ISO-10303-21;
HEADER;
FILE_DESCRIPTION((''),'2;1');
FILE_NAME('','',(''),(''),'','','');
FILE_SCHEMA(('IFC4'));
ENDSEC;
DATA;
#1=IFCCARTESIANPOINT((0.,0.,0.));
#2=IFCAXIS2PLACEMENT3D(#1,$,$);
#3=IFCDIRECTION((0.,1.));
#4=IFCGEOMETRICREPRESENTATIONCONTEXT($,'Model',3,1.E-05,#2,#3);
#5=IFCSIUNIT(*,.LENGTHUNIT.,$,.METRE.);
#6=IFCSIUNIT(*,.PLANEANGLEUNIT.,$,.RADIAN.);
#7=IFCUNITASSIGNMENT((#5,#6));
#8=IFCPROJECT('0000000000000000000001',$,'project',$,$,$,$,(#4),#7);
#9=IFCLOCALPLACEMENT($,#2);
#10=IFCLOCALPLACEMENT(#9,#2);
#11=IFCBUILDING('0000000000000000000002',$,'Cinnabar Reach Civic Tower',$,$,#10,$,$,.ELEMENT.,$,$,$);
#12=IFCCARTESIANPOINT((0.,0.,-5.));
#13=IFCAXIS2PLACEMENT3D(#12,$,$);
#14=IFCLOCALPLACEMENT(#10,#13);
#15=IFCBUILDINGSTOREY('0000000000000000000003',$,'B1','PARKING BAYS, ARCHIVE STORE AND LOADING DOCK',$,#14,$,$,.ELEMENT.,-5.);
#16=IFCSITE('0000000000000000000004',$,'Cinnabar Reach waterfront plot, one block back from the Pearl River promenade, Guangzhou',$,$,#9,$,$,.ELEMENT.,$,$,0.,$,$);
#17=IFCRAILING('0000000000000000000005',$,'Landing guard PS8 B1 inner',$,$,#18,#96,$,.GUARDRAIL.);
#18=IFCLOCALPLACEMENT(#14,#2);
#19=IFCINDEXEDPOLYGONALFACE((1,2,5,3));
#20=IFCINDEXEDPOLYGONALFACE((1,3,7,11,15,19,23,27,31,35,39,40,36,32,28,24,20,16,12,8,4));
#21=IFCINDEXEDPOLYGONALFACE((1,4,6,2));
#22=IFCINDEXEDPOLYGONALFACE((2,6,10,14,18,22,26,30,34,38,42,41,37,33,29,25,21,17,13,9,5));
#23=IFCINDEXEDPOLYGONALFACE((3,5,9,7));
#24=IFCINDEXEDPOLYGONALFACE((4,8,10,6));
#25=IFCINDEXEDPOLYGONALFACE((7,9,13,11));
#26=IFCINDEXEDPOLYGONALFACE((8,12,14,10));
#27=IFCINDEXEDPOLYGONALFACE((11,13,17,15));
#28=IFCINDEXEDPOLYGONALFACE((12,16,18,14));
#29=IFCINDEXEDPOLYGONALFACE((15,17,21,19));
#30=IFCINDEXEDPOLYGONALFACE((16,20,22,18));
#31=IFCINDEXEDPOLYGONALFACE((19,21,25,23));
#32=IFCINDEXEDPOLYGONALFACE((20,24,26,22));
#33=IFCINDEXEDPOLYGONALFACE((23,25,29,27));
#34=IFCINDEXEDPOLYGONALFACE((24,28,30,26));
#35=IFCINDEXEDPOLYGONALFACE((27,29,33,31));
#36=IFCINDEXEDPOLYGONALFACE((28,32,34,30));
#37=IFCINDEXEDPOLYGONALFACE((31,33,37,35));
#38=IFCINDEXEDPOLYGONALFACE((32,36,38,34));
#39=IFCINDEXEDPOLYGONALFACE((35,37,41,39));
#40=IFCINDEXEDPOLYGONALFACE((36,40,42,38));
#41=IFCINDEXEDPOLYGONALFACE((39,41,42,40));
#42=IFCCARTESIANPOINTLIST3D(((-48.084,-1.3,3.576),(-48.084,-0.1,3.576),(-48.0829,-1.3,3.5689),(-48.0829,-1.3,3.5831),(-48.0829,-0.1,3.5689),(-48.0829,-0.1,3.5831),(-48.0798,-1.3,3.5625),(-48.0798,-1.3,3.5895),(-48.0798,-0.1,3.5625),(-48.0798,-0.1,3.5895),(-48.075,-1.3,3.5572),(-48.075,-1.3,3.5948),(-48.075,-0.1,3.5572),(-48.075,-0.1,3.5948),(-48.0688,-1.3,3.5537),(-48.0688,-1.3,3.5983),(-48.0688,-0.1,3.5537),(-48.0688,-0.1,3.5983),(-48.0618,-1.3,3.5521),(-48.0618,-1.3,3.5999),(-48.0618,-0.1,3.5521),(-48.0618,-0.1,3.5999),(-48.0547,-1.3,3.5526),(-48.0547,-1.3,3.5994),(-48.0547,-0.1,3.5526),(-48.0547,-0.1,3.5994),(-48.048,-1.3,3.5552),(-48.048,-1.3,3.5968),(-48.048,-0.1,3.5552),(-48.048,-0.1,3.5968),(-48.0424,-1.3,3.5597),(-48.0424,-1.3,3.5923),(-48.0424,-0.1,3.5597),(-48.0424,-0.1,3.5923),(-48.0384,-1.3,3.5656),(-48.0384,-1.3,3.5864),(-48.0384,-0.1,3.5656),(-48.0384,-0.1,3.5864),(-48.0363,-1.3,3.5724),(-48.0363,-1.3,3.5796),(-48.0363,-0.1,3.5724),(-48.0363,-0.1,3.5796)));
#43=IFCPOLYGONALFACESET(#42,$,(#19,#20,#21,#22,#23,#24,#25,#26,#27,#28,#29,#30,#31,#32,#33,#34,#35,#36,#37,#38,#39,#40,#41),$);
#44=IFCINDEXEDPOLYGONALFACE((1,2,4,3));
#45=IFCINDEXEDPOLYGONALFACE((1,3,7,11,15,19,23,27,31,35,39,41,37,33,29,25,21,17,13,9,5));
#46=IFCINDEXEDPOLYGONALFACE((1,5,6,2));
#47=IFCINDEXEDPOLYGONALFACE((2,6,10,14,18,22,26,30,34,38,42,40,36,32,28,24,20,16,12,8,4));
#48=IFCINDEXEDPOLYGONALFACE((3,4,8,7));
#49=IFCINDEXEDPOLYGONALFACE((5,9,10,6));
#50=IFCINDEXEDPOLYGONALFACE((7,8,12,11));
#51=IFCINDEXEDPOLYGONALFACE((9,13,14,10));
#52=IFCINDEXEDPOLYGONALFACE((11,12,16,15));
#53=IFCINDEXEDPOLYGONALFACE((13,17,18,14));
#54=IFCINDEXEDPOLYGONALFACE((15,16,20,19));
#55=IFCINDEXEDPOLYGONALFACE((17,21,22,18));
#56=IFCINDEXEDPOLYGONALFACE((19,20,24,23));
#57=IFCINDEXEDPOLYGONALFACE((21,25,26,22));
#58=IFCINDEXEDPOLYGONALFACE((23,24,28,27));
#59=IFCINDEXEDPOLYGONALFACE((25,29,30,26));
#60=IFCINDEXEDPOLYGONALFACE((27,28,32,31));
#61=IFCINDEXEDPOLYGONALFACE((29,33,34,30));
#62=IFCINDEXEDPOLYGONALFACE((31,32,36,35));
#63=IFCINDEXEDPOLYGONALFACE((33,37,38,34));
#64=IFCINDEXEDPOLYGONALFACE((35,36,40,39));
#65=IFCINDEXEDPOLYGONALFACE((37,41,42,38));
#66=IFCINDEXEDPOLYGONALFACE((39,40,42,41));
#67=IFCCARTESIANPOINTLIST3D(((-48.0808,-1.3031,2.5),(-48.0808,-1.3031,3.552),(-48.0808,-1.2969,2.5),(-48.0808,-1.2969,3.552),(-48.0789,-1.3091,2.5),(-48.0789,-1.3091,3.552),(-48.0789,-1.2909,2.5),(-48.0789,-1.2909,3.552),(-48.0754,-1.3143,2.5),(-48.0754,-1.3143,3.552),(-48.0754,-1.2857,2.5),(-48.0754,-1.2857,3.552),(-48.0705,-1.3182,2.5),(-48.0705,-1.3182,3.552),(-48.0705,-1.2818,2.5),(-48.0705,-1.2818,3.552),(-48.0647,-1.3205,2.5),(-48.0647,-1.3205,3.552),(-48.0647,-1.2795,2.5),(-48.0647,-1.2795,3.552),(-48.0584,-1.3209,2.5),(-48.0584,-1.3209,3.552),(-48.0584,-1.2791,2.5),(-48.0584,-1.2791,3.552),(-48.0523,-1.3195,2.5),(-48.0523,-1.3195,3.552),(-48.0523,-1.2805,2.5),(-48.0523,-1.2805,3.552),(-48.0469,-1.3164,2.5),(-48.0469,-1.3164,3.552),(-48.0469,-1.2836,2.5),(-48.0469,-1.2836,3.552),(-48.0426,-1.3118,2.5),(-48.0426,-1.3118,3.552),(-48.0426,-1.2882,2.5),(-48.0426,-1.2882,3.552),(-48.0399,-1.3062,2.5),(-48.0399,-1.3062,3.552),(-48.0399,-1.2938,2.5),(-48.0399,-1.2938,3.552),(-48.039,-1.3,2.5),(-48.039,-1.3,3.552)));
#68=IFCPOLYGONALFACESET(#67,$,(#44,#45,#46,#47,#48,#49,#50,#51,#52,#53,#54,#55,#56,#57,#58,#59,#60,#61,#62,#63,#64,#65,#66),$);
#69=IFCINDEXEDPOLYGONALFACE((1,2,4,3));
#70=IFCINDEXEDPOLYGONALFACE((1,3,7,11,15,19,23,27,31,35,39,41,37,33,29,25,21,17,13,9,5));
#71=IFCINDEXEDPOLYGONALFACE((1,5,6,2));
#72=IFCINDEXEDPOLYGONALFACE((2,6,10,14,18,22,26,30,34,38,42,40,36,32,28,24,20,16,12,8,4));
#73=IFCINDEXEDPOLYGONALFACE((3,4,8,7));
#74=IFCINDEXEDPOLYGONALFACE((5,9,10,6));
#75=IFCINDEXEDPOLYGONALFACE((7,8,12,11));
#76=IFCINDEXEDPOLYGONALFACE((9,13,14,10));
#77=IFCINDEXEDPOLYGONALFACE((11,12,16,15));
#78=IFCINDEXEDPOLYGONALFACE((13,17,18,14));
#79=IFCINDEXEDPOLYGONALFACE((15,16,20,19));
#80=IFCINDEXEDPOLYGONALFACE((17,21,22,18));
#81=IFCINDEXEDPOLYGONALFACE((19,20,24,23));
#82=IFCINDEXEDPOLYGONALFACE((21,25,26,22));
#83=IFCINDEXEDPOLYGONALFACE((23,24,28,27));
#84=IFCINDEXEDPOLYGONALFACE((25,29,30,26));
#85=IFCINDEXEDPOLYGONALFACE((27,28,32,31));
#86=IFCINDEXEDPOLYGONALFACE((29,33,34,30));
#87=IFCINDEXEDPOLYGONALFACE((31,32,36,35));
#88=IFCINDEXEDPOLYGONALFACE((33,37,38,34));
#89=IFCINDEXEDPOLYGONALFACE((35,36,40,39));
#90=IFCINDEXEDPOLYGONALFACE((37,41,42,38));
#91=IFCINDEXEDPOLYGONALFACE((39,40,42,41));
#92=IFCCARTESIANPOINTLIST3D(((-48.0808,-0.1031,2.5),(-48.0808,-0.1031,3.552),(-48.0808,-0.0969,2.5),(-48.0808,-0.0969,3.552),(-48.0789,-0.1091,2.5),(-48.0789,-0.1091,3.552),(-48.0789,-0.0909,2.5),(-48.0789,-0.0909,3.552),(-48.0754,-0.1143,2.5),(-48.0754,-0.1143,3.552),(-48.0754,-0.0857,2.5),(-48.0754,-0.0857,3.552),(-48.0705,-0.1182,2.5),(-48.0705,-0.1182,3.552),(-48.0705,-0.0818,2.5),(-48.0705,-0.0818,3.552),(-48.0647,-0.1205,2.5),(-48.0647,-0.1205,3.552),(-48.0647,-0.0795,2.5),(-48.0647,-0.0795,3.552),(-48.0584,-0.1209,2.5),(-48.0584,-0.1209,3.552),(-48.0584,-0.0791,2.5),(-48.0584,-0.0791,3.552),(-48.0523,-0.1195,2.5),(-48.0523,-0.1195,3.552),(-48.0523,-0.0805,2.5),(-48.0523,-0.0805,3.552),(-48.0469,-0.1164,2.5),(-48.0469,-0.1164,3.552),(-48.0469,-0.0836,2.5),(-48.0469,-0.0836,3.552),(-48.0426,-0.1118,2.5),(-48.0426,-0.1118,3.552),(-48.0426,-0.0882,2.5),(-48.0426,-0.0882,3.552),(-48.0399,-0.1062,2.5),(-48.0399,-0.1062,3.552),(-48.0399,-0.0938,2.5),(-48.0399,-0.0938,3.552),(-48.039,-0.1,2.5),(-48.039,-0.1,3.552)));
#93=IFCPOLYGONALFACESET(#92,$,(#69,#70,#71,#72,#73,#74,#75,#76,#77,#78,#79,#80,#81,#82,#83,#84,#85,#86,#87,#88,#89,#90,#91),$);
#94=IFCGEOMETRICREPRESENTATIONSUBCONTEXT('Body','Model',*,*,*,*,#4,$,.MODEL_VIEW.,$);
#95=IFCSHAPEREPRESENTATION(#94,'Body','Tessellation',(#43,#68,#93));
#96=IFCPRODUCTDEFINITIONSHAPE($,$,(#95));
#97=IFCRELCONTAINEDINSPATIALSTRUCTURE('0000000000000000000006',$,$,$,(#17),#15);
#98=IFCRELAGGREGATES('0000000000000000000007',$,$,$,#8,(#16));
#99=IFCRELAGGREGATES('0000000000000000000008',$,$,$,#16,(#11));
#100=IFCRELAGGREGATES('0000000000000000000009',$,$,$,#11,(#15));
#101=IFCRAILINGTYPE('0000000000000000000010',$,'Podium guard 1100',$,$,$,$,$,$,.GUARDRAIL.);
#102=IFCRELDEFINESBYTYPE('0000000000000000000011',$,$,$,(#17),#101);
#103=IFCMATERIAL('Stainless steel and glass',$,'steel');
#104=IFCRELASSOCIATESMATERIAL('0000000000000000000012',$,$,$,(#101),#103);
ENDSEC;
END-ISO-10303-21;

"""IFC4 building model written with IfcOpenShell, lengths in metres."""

from ifc_helpers import new_model, si_unit, direction, frame, origin, origin_2d, place, context, subcontext, project, spatial, circle, extrude, material, type_object, element, save


model = new_model("IFC4")

# Units and contexts
model_context = context("Model", 3, precision=1e-05, world=origin(), true_north=direction((0.0, 1.0)))
body_context = subcontext(model_context, "Body", "Model", "MODEL_VIEW")
ifc_project = project(units=[si_unit("LENGTHUNIT", "METRE"), si_unit("PLANEANGLEUNIT", "RADIAN")], contexts=[model_context])

# Site, building, storey
site_placement = place(None, origin())
site = spatial("IfcSite", under=ifc_project, at=site_placement, Name="Cinnabar Reach waterfront plot, one block back from the Pearl River promenade, Guangzhou", CompositionType="ELEMENT", RefElevation=0.0)
building_placement = place(site_placement, origin())
building = spatial("IfcBuilding", under=site, at=building_placement, Name="Cinnabar Reach Civic Tower", CompositionType="ELEMENT")
storey_placement = place(building_placement, frame((0.0, 0.0, -5.0)))
storey = spatial("IfcBuildingStorey", under=building, at=storey_placement, Name="B1", Description="PARKING BAYS, ARCHIVE STORE AND LOADING DOCK", CompositionType="ELEMENT", Elevation=-5.0)

# Railing
ifc_material_1 = material(Name="Stainless steel and glass", Category="steel")
railing_type_1 = type_object("IfcRailingType", Name="Podium guard 1100", PredefinedType="GUARDRAIL", material=ifc_material_1)
railing_1_placement = place(storey_placement, frame((-48.06, -1.3, 2.5)))
element("IfcRailing", 1, at=railing_1_placement, inside=storey, type_object=railing_type_1, Name="Landing guard PS8 B1 inner", PredefinedType="GUARDRAIL", context=body_context, shape_type="SweptSolid", body=[
    extrude(circle(Radius=0.024, at=origin_2d()), frame((0.0, 0.0, 1.076), z_axis=(0.0, 1.0, 0.0), x_axis=(-1.0, 0.0, 0.0)), (0.0, 0.0, 1.0), 1.2),
    extrude(circle(Radius=0.021, at=origin_2d()), origin(), (0.0, 0.0, 1.0), 1.052),
    extrude(circle(Radius=0.021, at=origin_2d()), frame((0.0, 1.2, 0.0)), (0.0, 0.0, 1.0), 1.052),
])

save(model, "model.ifc")
